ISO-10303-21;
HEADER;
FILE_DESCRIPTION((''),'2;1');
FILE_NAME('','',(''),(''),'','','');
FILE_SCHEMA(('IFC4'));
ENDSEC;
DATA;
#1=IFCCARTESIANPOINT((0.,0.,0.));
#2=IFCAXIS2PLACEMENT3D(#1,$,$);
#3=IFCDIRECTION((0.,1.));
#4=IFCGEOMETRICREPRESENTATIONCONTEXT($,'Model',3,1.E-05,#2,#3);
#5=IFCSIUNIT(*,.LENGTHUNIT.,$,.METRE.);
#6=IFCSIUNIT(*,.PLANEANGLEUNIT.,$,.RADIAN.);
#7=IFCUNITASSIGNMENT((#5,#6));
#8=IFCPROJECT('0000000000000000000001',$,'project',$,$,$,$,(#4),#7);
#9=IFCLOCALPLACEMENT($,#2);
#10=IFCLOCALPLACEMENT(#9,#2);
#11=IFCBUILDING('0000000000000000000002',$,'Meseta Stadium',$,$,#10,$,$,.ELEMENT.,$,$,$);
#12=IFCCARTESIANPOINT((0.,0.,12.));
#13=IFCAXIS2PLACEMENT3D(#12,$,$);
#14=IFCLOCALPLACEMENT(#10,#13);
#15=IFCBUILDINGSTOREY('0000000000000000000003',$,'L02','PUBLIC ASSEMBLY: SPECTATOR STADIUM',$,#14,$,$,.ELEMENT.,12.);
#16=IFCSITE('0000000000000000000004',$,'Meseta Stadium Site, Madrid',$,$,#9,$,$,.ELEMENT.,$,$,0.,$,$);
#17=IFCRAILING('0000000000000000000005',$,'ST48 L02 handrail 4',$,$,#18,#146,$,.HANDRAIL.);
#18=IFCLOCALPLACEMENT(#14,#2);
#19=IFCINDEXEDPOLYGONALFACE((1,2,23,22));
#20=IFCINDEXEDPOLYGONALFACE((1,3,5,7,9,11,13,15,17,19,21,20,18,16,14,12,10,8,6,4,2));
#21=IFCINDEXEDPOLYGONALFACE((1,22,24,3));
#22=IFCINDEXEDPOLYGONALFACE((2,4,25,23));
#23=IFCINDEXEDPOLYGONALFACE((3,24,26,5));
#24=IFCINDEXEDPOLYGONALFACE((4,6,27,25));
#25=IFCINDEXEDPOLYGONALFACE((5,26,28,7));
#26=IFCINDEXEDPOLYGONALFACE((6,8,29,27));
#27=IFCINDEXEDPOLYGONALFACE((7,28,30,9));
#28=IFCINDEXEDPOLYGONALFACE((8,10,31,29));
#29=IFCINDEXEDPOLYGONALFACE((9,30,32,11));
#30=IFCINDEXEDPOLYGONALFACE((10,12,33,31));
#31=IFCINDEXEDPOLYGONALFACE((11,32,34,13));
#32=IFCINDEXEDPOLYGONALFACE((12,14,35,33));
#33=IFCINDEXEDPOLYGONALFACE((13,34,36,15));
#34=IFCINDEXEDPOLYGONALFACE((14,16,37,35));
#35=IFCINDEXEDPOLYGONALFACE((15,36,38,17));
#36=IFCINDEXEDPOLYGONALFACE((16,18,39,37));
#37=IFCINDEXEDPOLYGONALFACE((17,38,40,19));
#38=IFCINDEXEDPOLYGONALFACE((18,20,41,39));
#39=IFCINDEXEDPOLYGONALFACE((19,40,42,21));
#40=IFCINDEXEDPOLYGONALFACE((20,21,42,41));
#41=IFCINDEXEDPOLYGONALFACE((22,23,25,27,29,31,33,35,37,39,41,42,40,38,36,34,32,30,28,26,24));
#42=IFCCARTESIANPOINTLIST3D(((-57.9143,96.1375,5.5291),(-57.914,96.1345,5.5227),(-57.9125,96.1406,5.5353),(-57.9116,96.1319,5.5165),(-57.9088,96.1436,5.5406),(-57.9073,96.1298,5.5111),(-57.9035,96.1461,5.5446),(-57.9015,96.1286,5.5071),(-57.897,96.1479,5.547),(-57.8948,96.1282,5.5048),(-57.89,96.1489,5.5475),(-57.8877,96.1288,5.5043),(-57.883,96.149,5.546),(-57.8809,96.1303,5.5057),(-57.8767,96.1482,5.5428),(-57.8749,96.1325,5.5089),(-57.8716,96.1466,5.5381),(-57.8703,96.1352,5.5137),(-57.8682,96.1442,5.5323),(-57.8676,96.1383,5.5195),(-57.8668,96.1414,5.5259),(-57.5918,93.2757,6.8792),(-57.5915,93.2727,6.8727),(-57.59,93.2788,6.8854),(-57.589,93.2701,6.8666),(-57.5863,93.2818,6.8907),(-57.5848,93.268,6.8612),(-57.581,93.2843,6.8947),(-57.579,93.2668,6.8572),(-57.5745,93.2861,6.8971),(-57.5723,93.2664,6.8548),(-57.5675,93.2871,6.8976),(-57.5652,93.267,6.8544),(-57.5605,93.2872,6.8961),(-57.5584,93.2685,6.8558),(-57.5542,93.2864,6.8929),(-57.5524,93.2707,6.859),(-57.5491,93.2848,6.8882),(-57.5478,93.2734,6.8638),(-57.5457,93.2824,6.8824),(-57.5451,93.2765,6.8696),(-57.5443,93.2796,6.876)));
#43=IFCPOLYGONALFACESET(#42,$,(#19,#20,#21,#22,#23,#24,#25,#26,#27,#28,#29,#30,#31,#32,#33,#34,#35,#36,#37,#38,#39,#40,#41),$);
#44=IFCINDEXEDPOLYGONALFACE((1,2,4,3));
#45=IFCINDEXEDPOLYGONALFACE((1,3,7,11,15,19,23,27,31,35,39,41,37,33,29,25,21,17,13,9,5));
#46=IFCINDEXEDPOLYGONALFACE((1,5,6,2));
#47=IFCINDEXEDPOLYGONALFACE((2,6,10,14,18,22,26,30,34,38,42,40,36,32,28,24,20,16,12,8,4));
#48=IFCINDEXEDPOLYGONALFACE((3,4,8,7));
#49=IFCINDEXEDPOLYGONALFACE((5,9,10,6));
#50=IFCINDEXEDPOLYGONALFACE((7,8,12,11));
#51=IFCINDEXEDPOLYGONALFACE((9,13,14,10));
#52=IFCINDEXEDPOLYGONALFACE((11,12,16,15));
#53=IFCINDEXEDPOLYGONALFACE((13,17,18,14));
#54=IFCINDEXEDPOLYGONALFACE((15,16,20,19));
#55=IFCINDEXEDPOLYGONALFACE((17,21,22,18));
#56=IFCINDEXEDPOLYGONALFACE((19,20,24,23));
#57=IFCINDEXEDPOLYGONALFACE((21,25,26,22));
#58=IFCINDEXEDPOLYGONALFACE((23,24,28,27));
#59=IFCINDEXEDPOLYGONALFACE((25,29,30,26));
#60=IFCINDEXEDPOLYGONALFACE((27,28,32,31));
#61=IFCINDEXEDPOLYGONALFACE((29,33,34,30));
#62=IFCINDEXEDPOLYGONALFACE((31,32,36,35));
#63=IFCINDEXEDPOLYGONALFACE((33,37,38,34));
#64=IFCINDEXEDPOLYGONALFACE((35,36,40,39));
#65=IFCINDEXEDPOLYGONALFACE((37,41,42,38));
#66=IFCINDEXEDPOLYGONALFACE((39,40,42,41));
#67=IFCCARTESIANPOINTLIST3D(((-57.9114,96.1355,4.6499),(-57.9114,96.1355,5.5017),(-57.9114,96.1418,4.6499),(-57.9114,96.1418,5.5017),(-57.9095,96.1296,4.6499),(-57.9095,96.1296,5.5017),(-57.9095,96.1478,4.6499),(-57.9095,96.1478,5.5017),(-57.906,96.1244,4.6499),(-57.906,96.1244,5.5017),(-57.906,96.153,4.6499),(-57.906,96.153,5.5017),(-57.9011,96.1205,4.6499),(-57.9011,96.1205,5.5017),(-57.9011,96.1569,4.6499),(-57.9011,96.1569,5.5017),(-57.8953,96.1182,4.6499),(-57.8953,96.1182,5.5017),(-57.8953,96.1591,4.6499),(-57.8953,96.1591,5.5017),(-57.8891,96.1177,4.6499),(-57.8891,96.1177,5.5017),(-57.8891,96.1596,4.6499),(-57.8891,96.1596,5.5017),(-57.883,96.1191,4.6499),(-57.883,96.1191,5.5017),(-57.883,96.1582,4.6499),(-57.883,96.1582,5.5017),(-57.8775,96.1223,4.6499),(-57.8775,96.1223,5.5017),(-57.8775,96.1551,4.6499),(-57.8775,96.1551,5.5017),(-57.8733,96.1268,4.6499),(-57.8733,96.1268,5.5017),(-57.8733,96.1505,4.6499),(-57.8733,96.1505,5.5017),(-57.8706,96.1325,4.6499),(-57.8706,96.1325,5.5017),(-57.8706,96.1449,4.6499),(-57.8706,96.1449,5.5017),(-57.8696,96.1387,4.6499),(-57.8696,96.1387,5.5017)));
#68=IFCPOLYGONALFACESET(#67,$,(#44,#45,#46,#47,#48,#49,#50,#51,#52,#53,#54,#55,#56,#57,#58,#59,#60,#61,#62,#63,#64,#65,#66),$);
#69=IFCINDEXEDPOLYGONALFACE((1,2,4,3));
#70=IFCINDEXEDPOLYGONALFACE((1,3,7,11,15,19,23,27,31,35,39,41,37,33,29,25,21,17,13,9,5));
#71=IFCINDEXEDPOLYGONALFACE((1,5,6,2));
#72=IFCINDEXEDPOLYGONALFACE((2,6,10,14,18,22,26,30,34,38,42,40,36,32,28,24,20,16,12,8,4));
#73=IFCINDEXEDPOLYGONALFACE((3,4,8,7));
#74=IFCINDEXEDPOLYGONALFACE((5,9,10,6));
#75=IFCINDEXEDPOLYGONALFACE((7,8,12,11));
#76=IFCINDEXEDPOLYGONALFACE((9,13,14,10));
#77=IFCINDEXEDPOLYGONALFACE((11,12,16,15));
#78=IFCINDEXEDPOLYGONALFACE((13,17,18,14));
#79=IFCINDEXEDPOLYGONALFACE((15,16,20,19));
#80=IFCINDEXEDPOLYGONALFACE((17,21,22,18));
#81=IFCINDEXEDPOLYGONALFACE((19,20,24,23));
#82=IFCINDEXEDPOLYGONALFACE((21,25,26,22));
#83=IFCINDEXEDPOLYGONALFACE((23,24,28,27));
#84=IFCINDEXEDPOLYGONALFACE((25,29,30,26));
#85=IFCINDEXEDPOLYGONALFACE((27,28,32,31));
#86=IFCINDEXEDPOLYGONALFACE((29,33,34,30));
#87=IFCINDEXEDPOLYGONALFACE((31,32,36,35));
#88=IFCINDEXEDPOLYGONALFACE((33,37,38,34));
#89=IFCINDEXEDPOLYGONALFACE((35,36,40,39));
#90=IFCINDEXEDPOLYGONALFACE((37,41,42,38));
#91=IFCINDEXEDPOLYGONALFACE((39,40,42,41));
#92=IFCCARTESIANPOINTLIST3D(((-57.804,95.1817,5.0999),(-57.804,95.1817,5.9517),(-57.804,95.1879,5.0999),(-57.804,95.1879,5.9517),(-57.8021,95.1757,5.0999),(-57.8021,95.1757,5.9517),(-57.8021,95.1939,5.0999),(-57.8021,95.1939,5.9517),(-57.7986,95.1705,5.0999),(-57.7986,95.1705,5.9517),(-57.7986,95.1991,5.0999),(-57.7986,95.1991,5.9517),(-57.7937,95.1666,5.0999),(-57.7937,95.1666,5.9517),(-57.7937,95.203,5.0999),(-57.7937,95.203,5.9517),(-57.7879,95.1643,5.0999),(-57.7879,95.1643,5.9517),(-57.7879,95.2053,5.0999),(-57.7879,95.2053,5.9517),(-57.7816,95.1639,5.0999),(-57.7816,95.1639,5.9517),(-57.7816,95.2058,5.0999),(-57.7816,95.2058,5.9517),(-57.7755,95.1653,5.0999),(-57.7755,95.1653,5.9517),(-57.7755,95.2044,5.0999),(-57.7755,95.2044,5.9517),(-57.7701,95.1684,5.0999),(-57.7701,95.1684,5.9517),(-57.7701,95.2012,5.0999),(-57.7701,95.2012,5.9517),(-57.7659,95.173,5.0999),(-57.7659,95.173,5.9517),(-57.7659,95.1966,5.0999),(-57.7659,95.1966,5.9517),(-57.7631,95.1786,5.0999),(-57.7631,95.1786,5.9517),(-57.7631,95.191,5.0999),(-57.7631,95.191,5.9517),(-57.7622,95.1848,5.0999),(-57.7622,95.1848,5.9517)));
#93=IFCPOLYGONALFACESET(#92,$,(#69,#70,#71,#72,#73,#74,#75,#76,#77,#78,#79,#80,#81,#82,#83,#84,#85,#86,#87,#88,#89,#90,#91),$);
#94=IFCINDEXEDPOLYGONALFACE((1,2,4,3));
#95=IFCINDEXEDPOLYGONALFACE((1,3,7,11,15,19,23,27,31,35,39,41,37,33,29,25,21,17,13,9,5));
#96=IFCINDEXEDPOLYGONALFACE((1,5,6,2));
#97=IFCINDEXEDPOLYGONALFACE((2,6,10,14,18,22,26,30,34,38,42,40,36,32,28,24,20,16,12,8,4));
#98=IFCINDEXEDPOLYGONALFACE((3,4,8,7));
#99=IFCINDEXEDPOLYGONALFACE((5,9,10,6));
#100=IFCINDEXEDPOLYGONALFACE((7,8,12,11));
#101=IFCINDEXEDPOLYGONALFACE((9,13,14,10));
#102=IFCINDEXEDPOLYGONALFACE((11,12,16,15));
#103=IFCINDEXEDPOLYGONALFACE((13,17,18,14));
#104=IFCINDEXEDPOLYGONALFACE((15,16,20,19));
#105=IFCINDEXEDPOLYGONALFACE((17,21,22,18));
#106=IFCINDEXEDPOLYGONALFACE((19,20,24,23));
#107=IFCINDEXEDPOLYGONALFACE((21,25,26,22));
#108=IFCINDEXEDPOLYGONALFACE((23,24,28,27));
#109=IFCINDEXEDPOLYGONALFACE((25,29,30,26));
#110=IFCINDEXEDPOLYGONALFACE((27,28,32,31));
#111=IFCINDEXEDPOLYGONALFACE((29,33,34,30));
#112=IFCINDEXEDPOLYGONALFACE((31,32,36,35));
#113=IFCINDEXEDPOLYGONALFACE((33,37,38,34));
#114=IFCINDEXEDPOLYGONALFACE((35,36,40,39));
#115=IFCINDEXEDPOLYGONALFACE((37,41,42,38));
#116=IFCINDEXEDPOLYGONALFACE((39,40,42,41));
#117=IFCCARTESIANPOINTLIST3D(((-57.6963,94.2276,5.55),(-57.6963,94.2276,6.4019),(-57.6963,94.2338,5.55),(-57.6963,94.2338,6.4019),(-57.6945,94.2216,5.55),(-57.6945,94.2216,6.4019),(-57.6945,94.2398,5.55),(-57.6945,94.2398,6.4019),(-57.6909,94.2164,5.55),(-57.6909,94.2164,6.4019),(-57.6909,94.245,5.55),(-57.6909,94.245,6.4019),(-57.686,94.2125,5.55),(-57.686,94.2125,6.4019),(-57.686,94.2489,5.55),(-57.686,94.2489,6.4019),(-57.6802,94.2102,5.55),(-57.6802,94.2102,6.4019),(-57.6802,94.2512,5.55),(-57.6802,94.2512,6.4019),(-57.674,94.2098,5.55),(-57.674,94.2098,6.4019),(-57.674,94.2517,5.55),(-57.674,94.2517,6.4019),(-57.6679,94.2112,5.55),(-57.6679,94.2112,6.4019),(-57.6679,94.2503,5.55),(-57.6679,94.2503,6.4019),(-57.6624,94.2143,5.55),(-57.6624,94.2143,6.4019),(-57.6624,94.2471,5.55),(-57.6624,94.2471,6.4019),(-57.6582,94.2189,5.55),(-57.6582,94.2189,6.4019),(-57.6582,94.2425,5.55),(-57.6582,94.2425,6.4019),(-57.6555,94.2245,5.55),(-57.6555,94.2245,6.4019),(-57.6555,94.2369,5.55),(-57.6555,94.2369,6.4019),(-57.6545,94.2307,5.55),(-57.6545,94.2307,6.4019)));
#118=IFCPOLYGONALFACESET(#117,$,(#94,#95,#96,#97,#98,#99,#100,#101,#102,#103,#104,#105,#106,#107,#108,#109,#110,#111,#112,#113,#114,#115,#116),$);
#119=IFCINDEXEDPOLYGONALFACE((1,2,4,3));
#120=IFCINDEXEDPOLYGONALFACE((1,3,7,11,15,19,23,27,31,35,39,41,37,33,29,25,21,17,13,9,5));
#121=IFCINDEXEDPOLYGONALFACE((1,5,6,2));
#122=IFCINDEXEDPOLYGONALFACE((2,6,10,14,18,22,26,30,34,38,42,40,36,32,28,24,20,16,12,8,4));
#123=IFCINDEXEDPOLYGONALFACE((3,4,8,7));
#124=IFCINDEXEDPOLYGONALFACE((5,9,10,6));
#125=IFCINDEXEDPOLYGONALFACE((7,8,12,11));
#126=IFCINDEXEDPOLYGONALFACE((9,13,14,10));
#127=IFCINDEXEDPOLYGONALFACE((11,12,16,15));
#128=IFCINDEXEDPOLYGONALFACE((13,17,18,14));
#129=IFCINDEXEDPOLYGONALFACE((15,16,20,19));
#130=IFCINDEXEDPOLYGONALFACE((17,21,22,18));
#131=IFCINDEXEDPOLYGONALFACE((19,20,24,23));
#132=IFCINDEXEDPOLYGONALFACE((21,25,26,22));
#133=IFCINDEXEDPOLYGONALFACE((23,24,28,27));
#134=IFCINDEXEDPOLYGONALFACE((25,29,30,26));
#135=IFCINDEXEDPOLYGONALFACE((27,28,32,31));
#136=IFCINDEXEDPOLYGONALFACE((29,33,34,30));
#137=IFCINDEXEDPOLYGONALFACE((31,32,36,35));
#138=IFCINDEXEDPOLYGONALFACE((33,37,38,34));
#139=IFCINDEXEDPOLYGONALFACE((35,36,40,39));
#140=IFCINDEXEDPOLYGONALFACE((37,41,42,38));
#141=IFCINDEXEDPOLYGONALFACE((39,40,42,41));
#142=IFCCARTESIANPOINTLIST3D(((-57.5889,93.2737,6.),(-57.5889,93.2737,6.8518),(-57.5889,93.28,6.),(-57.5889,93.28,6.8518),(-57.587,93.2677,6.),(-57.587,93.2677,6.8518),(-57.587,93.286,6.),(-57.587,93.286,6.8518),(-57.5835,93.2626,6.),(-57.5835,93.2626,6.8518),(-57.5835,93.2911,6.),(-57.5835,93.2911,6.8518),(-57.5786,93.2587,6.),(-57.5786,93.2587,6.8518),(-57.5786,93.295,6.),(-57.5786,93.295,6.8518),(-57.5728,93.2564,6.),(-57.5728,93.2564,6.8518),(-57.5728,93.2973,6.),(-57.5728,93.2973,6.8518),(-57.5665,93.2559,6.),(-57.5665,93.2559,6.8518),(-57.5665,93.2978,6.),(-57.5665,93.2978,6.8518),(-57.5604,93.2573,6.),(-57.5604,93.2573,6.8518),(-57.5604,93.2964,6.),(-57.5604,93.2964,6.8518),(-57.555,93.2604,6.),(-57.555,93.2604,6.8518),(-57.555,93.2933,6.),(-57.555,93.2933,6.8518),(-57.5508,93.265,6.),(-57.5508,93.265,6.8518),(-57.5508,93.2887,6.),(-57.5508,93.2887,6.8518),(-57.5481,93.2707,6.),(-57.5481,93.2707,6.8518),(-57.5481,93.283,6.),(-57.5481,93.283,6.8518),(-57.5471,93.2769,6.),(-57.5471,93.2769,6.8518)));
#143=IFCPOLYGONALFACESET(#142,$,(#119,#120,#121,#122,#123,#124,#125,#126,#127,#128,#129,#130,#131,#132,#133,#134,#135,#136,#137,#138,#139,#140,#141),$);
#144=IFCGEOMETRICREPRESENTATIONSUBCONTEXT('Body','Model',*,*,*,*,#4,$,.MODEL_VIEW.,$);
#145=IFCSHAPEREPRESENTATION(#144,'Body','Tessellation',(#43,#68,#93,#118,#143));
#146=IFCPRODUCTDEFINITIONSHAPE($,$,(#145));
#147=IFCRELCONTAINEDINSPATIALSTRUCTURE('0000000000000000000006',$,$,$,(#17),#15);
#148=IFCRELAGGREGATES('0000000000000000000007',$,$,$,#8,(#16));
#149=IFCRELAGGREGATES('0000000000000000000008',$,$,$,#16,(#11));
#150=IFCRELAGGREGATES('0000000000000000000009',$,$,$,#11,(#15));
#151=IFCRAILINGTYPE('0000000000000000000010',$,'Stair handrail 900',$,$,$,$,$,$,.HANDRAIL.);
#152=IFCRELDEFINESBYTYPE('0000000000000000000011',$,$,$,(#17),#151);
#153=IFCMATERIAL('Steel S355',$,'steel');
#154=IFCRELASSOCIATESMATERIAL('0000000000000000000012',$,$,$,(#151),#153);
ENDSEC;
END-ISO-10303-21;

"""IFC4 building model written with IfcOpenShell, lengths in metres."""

from ifc_helpers import new_model, si_unit, direction, frame, origin, origin_2d, place, context, subcontext, project, spatial, circle, extrude, material, type_object, element, save


model = new_model("IFC4")

# Units and contexts
model_context = context("Model", 3, precision=1e-05, world=origin(), true_north=direction((0.0, 1.0)))
body_context = subcontext(model_context, "Body", "Model", "MODEL_VIEW")
ifc_project = project(units=[si_unit("LENGTHUNIT", "METRE"), si_unit("PLANEANGLEUNIT", "RADIAN")], contexts=[model_context])

# Site, building, storey
site_placement = place(None, origin())
site = spatial("IfcSite", under=ifc_project, at=site_placement, Name="Meseta Stadium Site, Madrid", CompositionType="ELEMENT", RefElevation=0.0)
building_placement = place(site_placement, origin())
building = spatial("IfcBuilding", under=site, at=building_placement, Name="Meseta Stadium", CompositionType="ELEMENT")
storey_placement = place(building_placement, frame((0.0, 0.0, 12.0)))
storey = spatial("IfcBuildingStorey", under=building, at=storey_placement, Name="L02", Description="PUBLIC ASSEMBLY: SPECTATOR STADIUM", CompositionType="ELEMENT", Elevation=12.0)

# Railing
ifc_material_1 = material(Name="Steel S355", Category="steel")
railing_type_1 = type_object("IfcRailingType", Name="Stair handrail 900", PredefinedType="HANDRAIL", material=ifc_material_1)
railing_1_placement = place(storey_placement, frame((-57.8906, 96.1387, 4.6499)))
element("IfcRailing", 1, at=railing_1_placement, inside=storey, type_object=railing_type_1, Name="ST48 L02 handrail 4", PredefinedType="HANDRAIL", context=body_context, shape_type="SweptSolid", body=[
    extrude(circle(Radius=0.0239, at=origin_2d()), frame((0.0, 0.0, 0.876), z_axis=(0.101396, -0.899748, 0.424467), x_axis=(0.99371, 0.111985, 0.0)), (0.0, 0.0, 1.0), 3.1807),
    extrude(circle(Radius=0.021, at=origin_2d()), origin(), (0.0, 0.0, 1.0), 0.8518),
    extrude(circle(Radius=0.021, at=origin_2d()), frame((0.1074, -0.9539, 0.45)), (0.0, 0.0, 1.0), 0.8518),
    extrude(circle(Radius=0.021, at=origin_2d()), frame((0.2151, -1.908, 0.9001)), (0.0, 0.0, 1.0), 0.8518),
    extrude(circle(Radius=0.021, at=origin_2d()), frame((0.3225, -2.8618, 1.3501)), (0.0, 0.0, 1.0), 0.8518),
])

save(model, "model.ifc")
